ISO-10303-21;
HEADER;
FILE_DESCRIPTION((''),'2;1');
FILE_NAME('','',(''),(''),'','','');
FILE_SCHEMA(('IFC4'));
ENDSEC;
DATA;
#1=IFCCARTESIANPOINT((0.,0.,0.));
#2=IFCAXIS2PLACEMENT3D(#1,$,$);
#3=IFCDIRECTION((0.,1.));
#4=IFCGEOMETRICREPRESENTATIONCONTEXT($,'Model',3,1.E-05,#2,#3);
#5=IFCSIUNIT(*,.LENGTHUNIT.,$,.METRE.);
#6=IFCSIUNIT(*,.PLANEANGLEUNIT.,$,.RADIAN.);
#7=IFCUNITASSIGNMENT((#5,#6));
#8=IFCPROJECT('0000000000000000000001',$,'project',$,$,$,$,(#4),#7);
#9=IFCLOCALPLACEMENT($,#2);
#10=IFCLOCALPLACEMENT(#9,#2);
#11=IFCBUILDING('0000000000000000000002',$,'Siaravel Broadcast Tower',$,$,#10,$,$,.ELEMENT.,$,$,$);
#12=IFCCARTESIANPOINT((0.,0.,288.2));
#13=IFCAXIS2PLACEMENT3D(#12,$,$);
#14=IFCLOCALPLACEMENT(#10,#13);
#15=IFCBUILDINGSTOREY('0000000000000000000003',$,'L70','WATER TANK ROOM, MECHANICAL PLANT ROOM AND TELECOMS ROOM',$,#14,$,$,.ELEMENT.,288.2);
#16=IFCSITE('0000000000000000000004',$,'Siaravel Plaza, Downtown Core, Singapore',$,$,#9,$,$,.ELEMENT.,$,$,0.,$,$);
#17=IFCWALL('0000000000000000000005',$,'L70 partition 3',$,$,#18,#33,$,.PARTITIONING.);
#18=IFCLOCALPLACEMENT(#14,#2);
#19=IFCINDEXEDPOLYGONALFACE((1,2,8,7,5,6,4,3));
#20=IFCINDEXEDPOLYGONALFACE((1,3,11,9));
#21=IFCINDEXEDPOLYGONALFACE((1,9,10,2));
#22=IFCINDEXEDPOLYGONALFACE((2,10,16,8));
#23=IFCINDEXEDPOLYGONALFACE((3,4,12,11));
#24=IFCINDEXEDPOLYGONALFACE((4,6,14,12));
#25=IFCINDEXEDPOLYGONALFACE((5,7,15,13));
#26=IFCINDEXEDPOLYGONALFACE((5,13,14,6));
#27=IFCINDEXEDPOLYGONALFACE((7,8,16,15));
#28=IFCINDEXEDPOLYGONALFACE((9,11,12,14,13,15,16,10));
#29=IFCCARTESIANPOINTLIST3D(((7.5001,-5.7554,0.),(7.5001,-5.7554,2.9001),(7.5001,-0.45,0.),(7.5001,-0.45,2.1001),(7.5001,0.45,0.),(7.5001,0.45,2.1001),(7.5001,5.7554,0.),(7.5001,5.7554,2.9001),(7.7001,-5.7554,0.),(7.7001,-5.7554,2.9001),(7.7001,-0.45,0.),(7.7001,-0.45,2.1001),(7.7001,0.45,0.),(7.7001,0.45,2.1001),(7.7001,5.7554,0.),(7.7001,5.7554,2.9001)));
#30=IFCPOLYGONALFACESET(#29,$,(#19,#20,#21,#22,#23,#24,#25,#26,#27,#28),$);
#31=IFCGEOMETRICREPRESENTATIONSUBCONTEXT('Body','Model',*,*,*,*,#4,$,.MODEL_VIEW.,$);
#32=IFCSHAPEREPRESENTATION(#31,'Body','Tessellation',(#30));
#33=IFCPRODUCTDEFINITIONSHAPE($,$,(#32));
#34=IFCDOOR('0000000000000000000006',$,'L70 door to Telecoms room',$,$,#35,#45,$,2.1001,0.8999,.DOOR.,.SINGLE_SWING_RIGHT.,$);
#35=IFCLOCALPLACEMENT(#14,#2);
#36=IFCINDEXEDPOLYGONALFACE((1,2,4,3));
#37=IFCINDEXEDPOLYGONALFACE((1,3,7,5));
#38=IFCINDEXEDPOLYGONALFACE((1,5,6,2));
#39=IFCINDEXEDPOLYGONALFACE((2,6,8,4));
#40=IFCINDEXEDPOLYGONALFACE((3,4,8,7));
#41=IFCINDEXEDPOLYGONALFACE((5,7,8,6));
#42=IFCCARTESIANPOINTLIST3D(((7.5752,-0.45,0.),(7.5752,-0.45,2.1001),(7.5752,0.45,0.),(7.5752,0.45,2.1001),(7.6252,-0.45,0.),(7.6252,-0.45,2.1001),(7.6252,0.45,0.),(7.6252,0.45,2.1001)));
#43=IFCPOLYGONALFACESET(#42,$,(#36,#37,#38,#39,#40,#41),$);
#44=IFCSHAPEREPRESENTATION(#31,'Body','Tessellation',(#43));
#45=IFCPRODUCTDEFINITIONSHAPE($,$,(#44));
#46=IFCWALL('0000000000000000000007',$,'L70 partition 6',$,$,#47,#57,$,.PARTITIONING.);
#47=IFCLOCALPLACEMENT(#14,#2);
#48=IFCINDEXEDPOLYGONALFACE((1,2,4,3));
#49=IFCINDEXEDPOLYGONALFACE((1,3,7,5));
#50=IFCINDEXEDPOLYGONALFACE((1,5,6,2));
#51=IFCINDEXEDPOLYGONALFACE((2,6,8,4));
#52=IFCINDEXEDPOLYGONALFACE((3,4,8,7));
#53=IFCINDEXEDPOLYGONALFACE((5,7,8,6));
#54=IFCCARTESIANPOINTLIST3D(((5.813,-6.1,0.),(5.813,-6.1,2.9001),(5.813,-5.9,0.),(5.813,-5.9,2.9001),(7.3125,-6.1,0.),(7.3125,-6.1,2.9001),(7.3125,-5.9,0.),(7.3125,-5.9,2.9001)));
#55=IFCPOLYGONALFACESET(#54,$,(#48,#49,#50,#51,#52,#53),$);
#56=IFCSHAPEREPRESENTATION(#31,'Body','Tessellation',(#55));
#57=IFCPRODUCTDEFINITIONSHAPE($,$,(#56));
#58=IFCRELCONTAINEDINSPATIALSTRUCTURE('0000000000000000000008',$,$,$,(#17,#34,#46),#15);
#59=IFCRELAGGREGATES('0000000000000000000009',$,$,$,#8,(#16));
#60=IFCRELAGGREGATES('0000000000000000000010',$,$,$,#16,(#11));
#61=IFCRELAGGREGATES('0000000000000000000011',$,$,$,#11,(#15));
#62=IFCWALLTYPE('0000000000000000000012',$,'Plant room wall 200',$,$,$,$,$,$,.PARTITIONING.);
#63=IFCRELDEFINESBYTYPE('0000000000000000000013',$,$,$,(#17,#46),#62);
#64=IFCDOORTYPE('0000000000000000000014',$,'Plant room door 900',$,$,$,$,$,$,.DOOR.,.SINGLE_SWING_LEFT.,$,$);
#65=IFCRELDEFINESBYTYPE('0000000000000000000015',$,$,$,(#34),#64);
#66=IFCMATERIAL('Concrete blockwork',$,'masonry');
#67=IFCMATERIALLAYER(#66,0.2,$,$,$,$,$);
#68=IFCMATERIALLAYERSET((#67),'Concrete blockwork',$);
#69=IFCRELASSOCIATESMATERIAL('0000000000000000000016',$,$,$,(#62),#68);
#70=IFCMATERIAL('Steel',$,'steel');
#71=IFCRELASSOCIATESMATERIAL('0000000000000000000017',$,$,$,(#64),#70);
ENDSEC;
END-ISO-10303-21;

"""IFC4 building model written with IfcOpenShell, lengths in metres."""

from ifc_helpers import new_model, si_unit, direction, frame, frame_2d, origin, place, context, subcontext, project, spatial, rectangle, extrude, material, layer, layer_set, type_object, element, fill, save


model = new_model("IFC4")

# Units and contexts
model_context = context("Model", 3, precision=1e-05, world=origin(), true_north=direction((0.0, 1.0)))
body_context = subcontext(model_context, "Body", "Model", "MODEL_VIEW")
ifc_project = project(units=[si_unit("LENGTHUNIT", "METRE"), si_unit("PLANEANGLEUNIT", "RADIAN")], contexts=[model_context])

# Site, building, storey
site_placement = place(None, origin())
site = spatial("IfcSite", under=ifc_project, at=site_placement, Name="Siaravel Plaza, Downtown Core, Singapore", CompositionType="ELEMENT", RefElevation=0.0)
building_placement = place(site_placement, origin())
building = spatial("IfcBuilding", under=site, at=building_placement, Name="Siaravel Broadcast Tower", CompositionType="ELEMENT")
storey_placement = place(building_placement, frame((0.0, 0.0, 288.2)))
storey = spatial("IfcBuildingStorey", under=building, at=storey_placement, Name="L70", Description="WATER TANK ROOM, MECHANICAL PLANT ROOM AND TELECOMS ROOM", CompositionType="ELEMENT", Elevation=288.2)

# Wall, opening, door
ifc_material_1 = material(Name="Steel", Category="steel")
ifc_material_2 = material(Name="Concrete blockwork", Category="masonry")
ifc_layer_1 = layer(ifc_material_2, 0.2)
ifc_layer_set_1 = layer_set([ifc_layer_1], Name="Concrete blockwork")
wall_type_1 = type_object("IfcWallType", Name="Plant room wall 200", PredefinedType="PARTITIONING", material=ifc_layer_set_1)
wall_1_placement = place(storey_placement, frame((7.6001, -5.7554, 0.0), z_axis=(0.0, 0.0, 1.0), x_axis=(0.0, 1.0, 0.0)))
wall_1 = element("IfcWall", 1, at=wall_1_placement, inside=storey, type_object=wall_type_1, Name="L70 partition 3", PredefinedType="PARTITIONING", context=body_context, shape_type="SweptSolid", body=[
    extrude(rectangle(XDim=11.5107, YDim=0.2, at=frame_2d((5.7554, 0.0))), origin(), (0.0, 0.0, 1.0), 2.9001),
])
opening_1_placement = place(wall_1_placement, frame((5.3054, 0.0, 0.0)))
opening_1 = element("IfcOpeningElement", 2, at=opening_1_placement, cuts=wall_1, PredefinedType="OPENING", context=body_context, shape_type="SweptSolid", body=[
    extrude(rectangle(XDim=0.8999, YDim=2.1001, at=frame_2d((0.45, 1.05))), frame((0.0, 0.1099, 0.0), z_axis=(0.0, -1.0, 0.0), x_axis=(1.0, 0.0, 0.0)), (0.0, 0.0, 1.0), 0.22),
])
door_type_1 = type_object("IfcDoorType", Name="Plant room door 900", OperationType="SINGLE_SWING_LEFT", PredefinedType="DOOR", material=ifc_material_1)
door_1_placement = place(opening_1_placement, origin())
door_1 = element("IfcDoor", 3, at=door_1_placement, inside=storey, type_object=door_type_1, Name="L70 door to Telecoms room", OperationType="SINGLE_SWING_RIGHT", OverallHeight=2.1001, OverallWidth=0.8999, PredefinedType="DOOR", context=body_context, shape_type="SweptSolid", body=[
    extrude(rectangle(XDim=0.8999, YDim=2.1001, at=frame_2d((0.45, 1.05))), frame((0.0, 0.0249, 0.0), z_axis=(0.0, -1.0, 0.0), x_axis=(1.0, 0.0, 0.0)), (0.0, 0.0, 1.0), 0.05),
])
fill(opening_1, door_1)

# Wall
wall_2_placement = place(storey_placement, frame((5.813, -6.0, 0.0), z_axis=(0.0, 0.0, 1.0), x_axis=(1.0, 0.0, 0.0)))
element("IfcWall", 4, at=wall_2_placement, inside=storey, type_object=wall_type_1, Name="L70 partition 6", PredefinedType="PARTITIONING", context=body_context, shape_type="SweptSolid", body=[
    extrude(rectangle(XDim=1.4995, YDim=0.2, at=frame_2d((0.7498, 0.0))), origin(), (0.0, 0.0, 1.0), 2.9001),
])

save(model, "model.ifc")
